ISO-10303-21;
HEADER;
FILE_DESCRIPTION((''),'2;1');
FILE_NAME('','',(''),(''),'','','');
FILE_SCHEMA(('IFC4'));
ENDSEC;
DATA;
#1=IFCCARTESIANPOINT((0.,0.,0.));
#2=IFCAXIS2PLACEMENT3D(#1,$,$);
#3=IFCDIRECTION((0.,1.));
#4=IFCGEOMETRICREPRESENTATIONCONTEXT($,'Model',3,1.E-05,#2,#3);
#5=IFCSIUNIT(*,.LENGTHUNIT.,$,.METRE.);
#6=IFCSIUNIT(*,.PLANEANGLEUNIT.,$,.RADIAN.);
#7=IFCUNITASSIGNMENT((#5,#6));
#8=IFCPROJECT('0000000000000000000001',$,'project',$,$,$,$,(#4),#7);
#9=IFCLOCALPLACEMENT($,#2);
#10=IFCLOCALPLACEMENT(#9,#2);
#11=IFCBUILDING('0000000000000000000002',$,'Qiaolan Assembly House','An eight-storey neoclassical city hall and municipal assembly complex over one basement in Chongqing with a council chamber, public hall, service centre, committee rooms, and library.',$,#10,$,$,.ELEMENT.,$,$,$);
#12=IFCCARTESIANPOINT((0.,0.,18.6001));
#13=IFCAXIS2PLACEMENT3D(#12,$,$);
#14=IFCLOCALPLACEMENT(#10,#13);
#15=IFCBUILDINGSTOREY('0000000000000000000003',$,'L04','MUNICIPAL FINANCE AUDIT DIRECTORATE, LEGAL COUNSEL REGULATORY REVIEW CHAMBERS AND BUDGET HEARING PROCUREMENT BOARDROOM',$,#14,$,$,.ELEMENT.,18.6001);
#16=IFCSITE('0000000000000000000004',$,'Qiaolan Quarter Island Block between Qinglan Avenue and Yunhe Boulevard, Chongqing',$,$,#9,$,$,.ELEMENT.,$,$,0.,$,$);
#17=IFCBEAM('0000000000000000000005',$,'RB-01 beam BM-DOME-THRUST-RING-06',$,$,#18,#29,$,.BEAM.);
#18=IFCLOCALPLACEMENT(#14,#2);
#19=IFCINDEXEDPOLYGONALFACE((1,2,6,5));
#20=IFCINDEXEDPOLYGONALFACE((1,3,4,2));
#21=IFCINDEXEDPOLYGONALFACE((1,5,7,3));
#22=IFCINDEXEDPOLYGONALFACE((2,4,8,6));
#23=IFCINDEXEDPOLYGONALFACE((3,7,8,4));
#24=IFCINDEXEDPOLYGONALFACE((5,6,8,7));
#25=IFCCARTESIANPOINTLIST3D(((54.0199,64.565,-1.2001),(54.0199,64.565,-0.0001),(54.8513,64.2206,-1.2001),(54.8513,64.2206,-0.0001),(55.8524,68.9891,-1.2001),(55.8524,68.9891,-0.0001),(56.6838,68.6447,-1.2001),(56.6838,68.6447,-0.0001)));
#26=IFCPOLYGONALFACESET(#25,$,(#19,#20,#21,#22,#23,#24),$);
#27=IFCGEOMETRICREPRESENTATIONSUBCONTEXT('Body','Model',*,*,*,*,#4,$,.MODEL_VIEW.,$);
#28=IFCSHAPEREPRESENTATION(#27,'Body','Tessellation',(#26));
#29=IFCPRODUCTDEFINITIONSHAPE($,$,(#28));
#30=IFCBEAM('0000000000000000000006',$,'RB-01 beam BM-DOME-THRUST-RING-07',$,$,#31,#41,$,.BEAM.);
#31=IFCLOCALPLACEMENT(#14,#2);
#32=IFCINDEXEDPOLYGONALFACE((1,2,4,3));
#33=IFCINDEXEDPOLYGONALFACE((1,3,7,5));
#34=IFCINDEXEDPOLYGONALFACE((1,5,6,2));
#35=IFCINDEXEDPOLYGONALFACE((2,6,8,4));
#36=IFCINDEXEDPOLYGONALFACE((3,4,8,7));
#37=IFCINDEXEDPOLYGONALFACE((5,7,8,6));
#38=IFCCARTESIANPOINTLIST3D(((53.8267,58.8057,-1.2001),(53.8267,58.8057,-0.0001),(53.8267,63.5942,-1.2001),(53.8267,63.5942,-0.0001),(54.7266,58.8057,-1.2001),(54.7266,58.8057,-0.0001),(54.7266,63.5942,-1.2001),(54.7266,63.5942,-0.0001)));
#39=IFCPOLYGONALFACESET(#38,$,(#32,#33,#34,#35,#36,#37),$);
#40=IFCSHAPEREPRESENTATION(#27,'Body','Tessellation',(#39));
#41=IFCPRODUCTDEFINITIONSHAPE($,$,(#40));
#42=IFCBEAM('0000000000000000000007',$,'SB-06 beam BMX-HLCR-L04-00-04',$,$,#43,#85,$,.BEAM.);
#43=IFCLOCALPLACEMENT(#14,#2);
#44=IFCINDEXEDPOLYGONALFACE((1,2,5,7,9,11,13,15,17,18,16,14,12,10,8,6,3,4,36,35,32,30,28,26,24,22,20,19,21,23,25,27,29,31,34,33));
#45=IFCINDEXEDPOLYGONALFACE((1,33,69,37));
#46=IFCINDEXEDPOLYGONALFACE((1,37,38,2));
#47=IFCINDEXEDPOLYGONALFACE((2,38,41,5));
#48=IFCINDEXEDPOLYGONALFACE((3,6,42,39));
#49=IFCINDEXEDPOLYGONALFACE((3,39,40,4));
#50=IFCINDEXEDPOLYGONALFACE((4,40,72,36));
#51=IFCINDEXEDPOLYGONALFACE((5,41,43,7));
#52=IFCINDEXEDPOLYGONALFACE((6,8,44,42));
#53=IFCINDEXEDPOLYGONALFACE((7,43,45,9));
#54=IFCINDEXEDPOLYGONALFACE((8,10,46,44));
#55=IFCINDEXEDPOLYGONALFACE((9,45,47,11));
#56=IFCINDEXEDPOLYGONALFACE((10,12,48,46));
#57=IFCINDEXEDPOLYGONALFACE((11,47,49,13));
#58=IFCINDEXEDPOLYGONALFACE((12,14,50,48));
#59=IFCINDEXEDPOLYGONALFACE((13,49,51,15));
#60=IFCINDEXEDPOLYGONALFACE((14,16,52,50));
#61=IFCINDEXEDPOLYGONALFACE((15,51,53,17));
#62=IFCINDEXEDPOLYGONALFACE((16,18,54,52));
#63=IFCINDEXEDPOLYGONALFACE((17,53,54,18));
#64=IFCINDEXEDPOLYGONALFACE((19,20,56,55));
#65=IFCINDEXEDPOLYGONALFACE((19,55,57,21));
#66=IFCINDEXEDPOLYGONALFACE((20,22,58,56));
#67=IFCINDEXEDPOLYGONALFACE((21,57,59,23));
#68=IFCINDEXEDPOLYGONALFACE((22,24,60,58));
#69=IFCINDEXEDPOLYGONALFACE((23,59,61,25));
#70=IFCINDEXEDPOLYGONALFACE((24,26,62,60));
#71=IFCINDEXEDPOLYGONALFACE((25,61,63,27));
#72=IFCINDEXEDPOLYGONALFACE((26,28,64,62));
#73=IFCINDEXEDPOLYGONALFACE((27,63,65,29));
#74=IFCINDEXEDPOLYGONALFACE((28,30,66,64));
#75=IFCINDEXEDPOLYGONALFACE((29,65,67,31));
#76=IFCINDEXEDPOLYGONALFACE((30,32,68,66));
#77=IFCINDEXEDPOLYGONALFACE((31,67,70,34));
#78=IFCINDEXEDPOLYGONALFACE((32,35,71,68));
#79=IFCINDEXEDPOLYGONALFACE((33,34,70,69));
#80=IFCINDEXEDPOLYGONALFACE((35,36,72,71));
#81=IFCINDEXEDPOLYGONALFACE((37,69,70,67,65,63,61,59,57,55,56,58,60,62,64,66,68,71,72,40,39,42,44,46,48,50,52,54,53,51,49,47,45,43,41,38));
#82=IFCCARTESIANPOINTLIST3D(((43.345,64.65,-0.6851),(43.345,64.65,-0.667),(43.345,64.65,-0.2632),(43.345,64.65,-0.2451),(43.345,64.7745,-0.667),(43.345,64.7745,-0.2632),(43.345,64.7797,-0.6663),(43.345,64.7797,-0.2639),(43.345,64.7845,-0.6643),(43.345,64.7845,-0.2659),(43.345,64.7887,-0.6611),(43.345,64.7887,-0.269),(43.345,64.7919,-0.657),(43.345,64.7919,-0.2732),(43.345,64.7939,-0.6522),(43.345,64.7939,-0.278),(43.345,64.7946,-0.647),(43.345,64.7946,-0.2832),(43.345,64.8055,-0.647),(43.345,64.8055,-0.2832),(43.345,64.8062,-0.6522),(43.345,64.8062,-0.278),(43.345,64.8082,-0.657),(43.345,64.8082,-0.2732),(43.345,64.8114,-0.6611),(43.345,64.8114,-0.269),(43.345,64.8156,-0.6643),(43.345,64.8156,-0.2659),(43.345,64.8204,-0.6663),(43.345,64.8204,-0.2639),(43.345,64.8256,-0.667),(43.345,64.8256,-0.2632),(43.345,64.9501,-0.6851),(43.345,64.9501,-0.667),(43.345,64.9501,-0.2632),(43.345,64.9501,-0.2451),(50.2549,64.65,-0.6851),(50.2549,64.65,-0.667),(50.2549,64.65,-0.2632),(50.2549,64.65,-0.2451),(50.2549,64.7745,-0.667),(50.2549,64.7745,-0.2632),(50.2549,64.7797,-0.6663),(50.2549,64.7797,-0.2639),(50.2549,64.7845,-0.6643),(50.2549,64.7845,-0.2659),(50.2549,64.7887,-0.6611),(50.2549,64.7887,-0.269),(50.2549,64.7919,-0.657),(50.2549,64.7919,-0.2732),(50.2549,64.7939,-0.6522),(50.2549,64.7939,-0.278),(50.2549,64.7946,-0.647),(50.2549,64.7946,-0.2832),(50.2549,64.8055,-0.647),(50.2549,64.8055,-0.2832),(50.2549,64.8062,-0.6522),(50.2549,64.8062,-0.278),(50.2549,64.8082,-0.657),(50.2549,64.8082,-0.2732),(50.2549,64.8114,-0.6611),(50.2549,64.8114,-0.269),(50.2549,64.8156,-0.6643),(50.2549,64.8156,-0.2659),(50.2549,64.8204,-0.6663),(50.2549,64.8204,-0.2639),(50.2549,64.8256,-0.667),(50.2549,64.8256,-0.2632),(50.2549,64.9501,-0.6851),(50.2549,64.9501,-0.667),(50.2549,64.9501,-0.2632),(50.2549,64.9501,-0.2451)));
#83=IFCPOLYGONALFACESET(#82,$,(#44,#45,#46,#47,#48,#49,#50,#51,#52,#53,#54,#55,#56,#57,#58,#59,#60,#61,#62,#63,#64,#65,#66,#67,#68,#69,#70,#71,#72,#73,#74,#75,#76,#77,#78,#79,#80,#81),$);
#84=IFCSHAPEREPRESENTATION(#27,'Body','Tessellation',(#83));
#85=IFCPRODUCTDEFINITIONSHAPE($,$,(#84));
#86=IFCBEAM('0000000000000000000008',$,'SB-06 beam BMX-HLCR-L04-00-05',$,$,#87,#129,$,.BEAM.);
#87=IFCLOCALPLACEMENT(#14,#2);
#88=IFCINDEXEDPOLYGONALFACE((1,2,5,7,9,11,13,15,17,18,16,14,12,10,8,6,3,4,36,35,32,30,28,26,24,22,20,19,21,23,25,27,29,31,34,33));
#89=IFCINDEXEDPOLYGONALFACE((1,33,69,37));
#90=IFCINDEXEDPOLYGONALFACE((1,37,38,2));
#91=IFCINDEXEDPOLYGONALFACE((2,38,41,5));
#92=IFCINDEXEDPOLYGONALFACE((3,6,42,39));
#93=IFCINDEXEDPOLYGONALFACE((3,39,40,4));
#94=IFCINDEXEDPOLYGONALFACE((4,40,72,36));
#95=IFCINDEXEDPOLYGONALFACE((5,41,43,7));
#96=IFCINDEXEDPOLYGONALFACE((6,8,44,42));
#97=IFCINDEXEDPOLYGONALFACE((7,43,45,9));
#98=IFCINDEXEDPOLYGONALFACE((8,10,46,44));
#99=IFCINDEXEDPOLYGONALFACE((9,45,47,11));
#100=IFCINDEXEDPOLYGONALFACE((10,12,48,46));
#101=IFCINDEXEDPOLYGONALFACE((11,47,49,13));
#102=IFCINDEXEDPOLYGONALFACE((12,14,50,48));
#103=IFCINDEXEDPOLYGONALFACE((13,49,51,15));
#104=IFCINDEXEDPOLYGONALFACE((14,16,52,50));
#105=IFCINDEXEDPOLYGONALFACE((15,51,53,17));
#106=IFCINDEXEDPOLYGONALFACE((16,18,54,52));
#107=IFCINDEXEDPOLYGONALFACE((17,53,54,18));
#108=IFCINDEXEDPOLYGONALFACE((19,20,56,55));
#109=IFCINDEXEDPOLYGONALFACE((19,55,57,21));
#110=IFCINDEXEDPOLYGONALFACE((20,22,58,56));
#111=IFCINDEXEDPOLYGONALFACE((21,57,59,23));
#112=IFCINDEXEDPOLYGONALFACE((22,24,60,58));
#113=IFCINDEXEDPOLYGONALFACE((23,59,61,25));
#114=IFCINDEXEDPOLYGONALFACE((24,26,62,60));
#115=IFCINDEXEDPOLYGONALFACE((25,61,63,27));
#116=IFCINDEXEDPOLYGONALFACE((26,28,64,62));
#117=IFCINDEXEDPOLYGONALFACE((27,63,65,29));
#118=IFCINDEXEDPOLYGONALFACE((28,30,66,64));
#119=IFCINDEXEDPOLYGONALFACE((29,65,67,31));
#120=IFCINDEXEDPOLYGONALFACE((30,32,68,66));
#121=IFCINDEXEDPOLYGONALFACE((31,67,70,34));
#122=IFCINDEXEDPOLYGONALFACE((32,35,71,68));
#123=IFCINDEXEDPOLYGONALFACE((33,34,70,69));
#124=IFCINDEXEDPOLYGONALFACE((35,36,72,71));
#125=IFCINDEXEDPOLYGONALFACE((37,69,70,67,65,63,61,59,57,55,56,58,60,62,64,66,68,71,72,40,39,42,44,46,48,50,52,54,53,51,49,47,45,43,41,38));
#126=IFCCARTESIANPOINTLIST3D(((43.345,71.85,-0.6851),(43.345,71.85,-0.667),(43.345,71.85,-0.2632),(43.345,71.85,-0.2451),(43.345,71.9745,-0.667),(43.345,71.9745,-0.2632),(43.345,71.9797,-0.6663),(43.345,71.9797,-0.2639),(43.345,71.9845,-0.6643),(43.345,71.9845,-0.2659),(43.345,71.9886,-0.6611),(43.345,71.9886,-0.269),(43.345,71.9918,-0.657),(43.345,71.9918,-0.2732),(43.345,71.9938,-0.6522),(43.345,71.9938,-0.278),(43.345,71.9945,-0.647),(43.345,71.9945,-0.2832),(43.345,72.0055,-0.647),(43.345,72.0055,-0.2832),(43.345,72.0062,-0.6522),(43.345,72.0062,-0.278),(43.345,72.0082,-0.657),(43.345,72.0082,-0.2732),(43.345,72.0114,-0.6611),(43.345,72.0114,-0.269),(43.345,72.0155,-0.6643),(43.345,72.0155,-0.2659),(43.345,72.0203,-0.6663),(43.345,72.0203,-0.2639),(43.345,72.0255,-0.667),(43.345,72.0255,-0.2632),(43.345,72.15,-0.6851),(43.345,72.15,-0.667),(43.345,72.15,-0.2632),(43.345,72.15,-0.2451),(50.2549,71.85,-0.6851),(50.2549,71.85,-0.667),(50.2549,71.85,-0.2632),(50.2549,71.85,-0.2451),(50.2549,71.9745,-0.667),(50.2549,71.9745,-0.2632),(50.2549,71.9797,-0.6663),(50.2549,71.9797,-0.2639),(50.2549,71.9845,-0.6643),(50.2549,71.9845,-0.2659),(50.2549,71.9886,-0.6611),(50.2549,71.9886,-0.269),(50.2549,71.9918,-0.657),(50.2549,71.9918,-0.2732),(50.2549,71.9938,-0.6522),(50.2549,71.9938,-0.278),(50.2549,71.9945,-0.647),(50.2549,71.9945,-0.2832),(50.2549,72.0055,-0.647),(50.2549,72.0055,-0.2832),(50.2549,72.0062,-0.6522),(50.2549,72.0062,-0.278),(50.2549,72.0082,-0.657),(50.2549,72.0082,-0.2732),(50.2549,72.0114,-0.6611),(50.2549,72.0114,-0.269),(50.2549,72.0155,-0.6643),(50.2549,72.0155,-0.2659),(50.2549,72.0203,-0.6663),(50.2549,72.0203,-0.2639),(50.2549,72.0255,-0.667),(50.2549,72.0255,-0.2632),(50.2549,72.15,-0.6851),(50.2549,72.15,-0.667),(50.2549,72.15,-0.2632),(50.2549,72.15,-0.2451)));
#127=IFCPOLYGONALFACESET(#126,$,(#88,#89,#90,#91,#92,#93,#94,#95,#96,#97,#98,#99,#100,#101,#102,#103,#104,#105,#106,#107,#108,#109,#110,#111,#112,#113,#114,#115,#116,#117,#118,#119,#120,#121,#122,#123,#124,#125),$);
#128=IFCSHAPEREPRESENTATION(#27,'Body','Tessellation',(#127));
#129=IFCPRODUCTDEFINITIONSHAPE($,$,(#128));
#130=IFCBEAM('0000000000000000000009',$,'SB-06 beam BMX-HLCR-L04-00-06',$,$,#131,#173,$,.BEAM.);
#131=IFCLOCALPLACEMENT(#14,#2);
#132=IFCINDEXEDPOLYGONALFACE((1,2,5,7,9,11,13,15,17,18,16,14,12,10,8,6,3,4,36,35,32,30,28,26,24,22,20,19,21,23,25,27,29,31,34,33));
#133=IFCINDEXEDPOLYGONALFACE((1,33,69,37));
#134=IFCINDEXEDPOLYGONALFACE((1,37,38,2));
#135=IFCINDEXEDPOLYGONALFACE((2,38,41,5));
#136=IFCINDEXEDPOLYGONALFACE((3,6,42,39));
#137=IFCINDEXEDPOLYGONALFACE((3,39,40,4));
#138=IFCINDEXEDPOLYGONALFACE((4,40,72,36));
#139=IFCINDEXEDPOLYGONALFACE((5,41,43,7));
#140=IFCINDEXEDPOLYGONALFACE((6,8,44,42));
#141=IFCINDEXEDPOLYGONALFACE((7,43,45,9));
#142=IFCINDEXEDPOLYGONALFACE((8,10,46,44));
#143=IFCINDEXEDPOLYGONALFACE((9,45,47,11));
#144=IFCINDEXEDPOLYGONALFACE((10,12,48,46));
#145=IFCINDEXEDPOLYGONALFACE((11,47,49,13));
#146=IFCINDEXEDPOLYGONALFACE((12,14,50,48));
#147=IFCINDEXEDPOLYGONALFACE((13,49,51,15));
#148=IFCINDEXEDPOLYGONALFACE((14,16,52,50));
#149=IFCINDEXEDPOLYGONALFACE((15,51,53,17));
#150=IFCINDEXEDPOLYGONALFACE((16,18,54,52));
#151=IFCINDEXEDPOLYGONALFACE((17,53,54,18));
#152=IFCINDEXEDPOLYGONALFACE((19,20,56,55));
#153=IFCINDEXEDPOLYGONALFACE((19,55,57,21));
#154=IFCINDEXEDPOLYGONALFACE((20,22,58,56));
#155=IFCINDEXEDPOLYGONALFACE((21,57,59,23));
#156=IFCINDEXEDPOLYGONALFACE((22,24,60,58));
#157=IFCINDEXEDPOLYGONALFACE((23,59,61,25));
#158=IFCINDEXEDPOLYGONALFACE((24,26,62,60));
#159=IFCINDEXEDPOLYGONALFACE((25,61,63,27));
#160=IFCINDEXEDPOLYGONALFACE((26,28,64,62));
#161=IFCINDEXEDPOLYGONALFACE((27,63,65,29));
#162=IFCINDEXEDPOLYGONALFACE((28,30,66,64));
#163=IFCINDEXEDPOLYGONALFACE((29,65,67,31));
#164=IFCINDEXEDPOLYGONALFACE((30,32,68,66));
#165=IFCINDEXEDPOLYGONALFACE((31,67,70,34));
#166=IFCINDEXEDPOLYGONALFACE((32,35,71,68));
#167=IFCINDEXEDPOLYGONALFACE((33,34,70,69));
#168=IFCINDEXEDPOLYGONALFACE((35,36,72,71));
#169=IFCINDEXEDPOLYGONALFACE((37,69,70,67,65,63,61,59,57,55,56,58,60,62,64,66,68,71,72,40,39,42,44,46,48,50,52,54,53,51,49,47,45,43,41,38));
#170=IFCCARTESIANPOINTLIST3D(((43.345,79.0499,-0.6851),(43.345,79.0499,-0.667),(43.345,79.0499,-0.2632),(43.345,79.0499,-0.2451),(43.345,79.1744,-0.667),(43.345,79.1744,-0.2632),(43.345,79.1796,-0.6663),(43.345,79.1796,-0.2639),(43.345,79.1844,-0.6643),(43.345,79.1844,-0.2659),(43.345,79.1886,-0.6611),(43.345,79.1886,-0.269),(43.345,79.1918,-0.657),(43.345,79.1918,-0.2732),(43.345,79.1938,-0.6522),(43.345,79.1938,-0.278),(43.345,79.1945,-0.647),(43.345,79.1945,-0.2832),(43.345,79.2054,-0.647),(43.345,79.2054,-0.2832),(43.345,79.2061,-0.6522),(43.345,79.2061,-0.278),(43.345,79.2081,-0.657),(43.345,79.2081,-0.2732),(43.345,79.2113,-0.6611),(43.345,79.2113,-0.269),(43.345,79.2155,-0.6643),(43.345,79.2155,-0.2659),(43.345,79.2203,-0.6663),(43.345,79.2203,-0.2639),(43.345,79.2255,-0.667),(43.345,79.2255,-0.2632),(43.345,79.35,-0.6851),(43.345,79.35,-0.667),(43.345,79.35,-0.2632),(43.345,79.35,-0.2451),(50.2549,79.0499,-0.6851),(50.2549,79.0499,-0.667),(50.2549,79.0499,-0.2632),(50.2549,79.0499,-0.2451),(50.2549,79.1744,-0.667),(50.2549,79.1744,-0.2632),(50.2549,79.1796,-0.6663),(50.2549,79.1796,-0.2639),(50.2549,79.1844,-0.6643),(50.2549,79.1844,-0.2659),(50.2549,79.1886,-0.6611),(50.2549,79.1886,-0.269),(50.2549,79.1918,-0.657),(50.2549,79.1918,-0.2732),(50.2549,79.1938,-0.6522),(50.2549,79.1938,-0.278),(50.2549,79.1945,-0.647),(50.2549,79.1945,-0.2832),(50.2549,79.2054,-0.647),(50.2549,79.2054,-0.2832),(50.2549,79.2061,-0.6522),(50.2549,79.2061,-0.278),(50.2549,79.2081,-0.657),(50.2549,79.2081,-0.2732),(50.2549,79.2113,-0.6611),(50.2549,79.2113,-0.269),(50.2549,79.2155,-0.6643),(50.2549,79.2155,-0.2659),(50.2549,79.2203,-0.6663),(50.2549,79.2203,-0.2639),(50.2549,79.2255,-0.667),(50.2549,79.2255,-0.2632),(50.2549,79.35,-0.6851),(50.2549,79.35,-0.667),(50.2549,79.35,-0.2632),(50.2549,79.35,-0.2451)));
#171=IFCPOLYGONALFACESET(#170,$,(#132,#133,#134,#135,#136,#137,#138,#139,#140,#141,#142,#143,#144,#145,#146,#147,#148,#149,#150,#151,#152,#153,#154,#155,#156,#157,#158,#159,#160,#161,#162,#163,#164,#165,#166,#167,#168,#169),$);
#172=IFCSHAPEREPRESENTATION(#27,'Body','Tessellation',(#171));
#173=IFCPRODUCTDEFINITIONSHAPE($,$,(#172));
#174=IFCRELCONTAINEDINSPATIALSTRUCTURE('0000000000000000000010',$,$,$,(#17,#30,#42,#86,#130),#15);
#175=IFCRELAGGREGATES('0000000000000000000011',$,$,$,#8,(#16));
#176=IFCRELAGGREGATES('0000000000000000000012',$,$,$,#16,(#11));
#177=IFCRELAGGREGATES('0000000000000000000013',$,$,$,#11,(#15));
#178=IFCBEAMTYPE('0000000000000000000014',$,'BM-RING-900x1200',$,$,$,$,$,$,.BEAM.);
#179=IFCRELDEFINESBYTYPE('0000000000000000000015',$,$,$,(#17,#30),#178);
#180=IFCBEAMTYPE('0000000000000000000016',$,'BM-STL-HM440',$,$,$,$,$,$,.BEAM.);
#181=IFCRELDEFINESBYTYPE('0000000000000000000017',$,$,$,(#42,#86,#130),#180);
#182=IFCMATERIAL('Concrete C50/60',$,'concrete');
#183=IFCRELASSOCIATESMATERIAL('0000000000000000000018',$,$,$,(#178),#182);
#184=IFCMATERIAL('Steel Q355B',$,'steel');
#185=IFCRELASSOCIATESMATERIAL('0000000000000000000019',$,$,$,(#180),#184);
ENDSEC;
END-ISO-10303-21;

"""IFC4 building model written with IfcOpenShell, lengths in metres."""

from ifc_helpers import new_model, si_unit, direction, frame, origin, origin_2d, place, context, subcontext, project, spatial, rectangle, i_section, extrude, material, material_profile, profile_set, type_object, element, save


model = new_model("IFC4")

# Units and contexts
model_context = context("Model", 3, precision=1e-05, world=origin(), true_north=direction((0.0, 1.0)))
body_context = subcontext(model_context, "Body", "Model", "MODEL_VIEW")
ifc_project = project(units=[si_unit("LENGTHUNIT", "METRE"), si_unit("PLANEANGLEUNIT", "RADIAN")], contexts=[model_context])

# Site, building, storey
site_placement = place(None, origin())
site = spatial("IfcSite", under=ifc_project, at=site_placement, Name="Qiaolan Quarter Island Block between Qinglan Avenue and Yunhe Boulevard, Chongqing", CompositionType="ELEMENT", RefElevation=0.0)
building_placement = place(site_placement, origin())
building = spatial("IfcBuilding", under=site, at=building_placement, Name="Qiaolan Assembly House", Description="An eight-storey neoclassical city hall and municipal assembly complex over one basement in Chongqing with a council chamber, public hall, service centre, committee rooms, and library.", CompositionType="ELEMENT")
storey_placement = place(building_placement, frame((0.0, 0.0, 18.6001)))
storey = spatial("IfcBuildingStorey", under=building, at=storey_placement, Name="L04", Description="MUNICIPAL FINANCE AUDIT DIRECTORATE, LEGAL COUNSEL REGULATORY REVIEW CHAMBERS AND BUDGET HEARING PROCUREMENT BOARDROOM", CompositionType="ELEMENT", Elevation=18.6001)

# Beams
ifc_material_1 = material(Name="Concrete C50/60", Category="concrete")
ifc_material_profile_1 = material_profile(ifc_material_1, rectangle(XDim=0.8999, YDim=1.2, at=origin_2d()), Name="RCB 900x1200")
ifc_profile_set_1 = profile_set([ifc_material_profile_1], Name="Concrete C50/60")
beam_type_1 = type_object("IfcBeamType", Name="BM-RING-900x1200", PredefinedType="BEAM", material=ifc_profile_set_1)
for number, where, z_axis, x_axis, name in (
    (1, (56.2681, 68.8169, -0.6001), (-0.382685, -0.923879, 0.0), (0.923879, -0.382685, 0.0), "RB-01 beam BM-DOME-THRUST-RING-06"),
    (2, (54.2766, 63.5942, -0.6001), (0.0, -1.0, 0.0), (1.0, 0.0, 0.0), "RB-01 beam BM-DOME-THRUST-RING-07"),
):
    element("IfcBeam", number, at=place(storey_placement, frame(where, z_axis=z_axis, x_axis=x_axis)), inside=storey, type_object=beam_type_1, Name=name, PredefinedType="BEAM", context=body_context, shape_type="SweptSolid", body=[
        extrude(rectangle(XDim=0.8999, YDim=1.2, at=origin_2d()), origin(), (0.0, 0.0, 1.0), 4.7886),
    ])
ifc_material_2 = material(Name="Steel Q355B", Category="steel")
ifc_material_profile_2 = material_profile(ifc_material_2, i_section(OverallWidth=0.3, OverallDepth=0.4399, WebThickness=0.011, FlangeThickness=0.0181, FilletRadius=0.02, at=origin_2d()), Name="HM 440x300x11x18")
ifc_profile_set_2 = profile_set([ifc_material_profile_2], Name="Steel Q355B")
beam_type_2 = type_object("IfcBeamType", Name="BM-STL-HM440", PredefinedType="BEAM", material=ifc_profile_set_2)
for number, where, z_axis, x_axis, name in (
    (3, (43.345, 64.8, -0.4651), (1.0, 0.0, 0.0), (0.0, 1.0, 0.0), "SB-06 beam BMX-HLCR-L04-00-04"),
    (4, (43.345, 72.0, -0.4651), (1.0, 0.0, 0.0), (0.0, 1.0, 0.0), "SB-06 beam BMX-HLCR-L04-00-05"),
    (5, (43.345, 79.2, -0.4651), (1.0, 0.0, 0.0), (0.0, 1.0, 0.0), "SB-06 beam BMX-HLCR-L04-00-06"),
):
    element("IfcBeam", number, at=place(storey_placement, frame(where, z_axis=z_axis, x_axis=x_axis)), inside=storey, type_object=beam_type_2, Name=name, PredefinedType="BEAM", context=body_context, shape_type="SweptSolid", body=[
        extrude(i_section(OverallWidth=0.3, OverallDepth=0.4399, WebThickness=0.011, FlangeThickness=0.0181, FilletRadius=0.02, at=origin_2d()), origin(), (0.0, 0.0, 1.0), 6.9099),
    ])

save(model, "model.ifc")
